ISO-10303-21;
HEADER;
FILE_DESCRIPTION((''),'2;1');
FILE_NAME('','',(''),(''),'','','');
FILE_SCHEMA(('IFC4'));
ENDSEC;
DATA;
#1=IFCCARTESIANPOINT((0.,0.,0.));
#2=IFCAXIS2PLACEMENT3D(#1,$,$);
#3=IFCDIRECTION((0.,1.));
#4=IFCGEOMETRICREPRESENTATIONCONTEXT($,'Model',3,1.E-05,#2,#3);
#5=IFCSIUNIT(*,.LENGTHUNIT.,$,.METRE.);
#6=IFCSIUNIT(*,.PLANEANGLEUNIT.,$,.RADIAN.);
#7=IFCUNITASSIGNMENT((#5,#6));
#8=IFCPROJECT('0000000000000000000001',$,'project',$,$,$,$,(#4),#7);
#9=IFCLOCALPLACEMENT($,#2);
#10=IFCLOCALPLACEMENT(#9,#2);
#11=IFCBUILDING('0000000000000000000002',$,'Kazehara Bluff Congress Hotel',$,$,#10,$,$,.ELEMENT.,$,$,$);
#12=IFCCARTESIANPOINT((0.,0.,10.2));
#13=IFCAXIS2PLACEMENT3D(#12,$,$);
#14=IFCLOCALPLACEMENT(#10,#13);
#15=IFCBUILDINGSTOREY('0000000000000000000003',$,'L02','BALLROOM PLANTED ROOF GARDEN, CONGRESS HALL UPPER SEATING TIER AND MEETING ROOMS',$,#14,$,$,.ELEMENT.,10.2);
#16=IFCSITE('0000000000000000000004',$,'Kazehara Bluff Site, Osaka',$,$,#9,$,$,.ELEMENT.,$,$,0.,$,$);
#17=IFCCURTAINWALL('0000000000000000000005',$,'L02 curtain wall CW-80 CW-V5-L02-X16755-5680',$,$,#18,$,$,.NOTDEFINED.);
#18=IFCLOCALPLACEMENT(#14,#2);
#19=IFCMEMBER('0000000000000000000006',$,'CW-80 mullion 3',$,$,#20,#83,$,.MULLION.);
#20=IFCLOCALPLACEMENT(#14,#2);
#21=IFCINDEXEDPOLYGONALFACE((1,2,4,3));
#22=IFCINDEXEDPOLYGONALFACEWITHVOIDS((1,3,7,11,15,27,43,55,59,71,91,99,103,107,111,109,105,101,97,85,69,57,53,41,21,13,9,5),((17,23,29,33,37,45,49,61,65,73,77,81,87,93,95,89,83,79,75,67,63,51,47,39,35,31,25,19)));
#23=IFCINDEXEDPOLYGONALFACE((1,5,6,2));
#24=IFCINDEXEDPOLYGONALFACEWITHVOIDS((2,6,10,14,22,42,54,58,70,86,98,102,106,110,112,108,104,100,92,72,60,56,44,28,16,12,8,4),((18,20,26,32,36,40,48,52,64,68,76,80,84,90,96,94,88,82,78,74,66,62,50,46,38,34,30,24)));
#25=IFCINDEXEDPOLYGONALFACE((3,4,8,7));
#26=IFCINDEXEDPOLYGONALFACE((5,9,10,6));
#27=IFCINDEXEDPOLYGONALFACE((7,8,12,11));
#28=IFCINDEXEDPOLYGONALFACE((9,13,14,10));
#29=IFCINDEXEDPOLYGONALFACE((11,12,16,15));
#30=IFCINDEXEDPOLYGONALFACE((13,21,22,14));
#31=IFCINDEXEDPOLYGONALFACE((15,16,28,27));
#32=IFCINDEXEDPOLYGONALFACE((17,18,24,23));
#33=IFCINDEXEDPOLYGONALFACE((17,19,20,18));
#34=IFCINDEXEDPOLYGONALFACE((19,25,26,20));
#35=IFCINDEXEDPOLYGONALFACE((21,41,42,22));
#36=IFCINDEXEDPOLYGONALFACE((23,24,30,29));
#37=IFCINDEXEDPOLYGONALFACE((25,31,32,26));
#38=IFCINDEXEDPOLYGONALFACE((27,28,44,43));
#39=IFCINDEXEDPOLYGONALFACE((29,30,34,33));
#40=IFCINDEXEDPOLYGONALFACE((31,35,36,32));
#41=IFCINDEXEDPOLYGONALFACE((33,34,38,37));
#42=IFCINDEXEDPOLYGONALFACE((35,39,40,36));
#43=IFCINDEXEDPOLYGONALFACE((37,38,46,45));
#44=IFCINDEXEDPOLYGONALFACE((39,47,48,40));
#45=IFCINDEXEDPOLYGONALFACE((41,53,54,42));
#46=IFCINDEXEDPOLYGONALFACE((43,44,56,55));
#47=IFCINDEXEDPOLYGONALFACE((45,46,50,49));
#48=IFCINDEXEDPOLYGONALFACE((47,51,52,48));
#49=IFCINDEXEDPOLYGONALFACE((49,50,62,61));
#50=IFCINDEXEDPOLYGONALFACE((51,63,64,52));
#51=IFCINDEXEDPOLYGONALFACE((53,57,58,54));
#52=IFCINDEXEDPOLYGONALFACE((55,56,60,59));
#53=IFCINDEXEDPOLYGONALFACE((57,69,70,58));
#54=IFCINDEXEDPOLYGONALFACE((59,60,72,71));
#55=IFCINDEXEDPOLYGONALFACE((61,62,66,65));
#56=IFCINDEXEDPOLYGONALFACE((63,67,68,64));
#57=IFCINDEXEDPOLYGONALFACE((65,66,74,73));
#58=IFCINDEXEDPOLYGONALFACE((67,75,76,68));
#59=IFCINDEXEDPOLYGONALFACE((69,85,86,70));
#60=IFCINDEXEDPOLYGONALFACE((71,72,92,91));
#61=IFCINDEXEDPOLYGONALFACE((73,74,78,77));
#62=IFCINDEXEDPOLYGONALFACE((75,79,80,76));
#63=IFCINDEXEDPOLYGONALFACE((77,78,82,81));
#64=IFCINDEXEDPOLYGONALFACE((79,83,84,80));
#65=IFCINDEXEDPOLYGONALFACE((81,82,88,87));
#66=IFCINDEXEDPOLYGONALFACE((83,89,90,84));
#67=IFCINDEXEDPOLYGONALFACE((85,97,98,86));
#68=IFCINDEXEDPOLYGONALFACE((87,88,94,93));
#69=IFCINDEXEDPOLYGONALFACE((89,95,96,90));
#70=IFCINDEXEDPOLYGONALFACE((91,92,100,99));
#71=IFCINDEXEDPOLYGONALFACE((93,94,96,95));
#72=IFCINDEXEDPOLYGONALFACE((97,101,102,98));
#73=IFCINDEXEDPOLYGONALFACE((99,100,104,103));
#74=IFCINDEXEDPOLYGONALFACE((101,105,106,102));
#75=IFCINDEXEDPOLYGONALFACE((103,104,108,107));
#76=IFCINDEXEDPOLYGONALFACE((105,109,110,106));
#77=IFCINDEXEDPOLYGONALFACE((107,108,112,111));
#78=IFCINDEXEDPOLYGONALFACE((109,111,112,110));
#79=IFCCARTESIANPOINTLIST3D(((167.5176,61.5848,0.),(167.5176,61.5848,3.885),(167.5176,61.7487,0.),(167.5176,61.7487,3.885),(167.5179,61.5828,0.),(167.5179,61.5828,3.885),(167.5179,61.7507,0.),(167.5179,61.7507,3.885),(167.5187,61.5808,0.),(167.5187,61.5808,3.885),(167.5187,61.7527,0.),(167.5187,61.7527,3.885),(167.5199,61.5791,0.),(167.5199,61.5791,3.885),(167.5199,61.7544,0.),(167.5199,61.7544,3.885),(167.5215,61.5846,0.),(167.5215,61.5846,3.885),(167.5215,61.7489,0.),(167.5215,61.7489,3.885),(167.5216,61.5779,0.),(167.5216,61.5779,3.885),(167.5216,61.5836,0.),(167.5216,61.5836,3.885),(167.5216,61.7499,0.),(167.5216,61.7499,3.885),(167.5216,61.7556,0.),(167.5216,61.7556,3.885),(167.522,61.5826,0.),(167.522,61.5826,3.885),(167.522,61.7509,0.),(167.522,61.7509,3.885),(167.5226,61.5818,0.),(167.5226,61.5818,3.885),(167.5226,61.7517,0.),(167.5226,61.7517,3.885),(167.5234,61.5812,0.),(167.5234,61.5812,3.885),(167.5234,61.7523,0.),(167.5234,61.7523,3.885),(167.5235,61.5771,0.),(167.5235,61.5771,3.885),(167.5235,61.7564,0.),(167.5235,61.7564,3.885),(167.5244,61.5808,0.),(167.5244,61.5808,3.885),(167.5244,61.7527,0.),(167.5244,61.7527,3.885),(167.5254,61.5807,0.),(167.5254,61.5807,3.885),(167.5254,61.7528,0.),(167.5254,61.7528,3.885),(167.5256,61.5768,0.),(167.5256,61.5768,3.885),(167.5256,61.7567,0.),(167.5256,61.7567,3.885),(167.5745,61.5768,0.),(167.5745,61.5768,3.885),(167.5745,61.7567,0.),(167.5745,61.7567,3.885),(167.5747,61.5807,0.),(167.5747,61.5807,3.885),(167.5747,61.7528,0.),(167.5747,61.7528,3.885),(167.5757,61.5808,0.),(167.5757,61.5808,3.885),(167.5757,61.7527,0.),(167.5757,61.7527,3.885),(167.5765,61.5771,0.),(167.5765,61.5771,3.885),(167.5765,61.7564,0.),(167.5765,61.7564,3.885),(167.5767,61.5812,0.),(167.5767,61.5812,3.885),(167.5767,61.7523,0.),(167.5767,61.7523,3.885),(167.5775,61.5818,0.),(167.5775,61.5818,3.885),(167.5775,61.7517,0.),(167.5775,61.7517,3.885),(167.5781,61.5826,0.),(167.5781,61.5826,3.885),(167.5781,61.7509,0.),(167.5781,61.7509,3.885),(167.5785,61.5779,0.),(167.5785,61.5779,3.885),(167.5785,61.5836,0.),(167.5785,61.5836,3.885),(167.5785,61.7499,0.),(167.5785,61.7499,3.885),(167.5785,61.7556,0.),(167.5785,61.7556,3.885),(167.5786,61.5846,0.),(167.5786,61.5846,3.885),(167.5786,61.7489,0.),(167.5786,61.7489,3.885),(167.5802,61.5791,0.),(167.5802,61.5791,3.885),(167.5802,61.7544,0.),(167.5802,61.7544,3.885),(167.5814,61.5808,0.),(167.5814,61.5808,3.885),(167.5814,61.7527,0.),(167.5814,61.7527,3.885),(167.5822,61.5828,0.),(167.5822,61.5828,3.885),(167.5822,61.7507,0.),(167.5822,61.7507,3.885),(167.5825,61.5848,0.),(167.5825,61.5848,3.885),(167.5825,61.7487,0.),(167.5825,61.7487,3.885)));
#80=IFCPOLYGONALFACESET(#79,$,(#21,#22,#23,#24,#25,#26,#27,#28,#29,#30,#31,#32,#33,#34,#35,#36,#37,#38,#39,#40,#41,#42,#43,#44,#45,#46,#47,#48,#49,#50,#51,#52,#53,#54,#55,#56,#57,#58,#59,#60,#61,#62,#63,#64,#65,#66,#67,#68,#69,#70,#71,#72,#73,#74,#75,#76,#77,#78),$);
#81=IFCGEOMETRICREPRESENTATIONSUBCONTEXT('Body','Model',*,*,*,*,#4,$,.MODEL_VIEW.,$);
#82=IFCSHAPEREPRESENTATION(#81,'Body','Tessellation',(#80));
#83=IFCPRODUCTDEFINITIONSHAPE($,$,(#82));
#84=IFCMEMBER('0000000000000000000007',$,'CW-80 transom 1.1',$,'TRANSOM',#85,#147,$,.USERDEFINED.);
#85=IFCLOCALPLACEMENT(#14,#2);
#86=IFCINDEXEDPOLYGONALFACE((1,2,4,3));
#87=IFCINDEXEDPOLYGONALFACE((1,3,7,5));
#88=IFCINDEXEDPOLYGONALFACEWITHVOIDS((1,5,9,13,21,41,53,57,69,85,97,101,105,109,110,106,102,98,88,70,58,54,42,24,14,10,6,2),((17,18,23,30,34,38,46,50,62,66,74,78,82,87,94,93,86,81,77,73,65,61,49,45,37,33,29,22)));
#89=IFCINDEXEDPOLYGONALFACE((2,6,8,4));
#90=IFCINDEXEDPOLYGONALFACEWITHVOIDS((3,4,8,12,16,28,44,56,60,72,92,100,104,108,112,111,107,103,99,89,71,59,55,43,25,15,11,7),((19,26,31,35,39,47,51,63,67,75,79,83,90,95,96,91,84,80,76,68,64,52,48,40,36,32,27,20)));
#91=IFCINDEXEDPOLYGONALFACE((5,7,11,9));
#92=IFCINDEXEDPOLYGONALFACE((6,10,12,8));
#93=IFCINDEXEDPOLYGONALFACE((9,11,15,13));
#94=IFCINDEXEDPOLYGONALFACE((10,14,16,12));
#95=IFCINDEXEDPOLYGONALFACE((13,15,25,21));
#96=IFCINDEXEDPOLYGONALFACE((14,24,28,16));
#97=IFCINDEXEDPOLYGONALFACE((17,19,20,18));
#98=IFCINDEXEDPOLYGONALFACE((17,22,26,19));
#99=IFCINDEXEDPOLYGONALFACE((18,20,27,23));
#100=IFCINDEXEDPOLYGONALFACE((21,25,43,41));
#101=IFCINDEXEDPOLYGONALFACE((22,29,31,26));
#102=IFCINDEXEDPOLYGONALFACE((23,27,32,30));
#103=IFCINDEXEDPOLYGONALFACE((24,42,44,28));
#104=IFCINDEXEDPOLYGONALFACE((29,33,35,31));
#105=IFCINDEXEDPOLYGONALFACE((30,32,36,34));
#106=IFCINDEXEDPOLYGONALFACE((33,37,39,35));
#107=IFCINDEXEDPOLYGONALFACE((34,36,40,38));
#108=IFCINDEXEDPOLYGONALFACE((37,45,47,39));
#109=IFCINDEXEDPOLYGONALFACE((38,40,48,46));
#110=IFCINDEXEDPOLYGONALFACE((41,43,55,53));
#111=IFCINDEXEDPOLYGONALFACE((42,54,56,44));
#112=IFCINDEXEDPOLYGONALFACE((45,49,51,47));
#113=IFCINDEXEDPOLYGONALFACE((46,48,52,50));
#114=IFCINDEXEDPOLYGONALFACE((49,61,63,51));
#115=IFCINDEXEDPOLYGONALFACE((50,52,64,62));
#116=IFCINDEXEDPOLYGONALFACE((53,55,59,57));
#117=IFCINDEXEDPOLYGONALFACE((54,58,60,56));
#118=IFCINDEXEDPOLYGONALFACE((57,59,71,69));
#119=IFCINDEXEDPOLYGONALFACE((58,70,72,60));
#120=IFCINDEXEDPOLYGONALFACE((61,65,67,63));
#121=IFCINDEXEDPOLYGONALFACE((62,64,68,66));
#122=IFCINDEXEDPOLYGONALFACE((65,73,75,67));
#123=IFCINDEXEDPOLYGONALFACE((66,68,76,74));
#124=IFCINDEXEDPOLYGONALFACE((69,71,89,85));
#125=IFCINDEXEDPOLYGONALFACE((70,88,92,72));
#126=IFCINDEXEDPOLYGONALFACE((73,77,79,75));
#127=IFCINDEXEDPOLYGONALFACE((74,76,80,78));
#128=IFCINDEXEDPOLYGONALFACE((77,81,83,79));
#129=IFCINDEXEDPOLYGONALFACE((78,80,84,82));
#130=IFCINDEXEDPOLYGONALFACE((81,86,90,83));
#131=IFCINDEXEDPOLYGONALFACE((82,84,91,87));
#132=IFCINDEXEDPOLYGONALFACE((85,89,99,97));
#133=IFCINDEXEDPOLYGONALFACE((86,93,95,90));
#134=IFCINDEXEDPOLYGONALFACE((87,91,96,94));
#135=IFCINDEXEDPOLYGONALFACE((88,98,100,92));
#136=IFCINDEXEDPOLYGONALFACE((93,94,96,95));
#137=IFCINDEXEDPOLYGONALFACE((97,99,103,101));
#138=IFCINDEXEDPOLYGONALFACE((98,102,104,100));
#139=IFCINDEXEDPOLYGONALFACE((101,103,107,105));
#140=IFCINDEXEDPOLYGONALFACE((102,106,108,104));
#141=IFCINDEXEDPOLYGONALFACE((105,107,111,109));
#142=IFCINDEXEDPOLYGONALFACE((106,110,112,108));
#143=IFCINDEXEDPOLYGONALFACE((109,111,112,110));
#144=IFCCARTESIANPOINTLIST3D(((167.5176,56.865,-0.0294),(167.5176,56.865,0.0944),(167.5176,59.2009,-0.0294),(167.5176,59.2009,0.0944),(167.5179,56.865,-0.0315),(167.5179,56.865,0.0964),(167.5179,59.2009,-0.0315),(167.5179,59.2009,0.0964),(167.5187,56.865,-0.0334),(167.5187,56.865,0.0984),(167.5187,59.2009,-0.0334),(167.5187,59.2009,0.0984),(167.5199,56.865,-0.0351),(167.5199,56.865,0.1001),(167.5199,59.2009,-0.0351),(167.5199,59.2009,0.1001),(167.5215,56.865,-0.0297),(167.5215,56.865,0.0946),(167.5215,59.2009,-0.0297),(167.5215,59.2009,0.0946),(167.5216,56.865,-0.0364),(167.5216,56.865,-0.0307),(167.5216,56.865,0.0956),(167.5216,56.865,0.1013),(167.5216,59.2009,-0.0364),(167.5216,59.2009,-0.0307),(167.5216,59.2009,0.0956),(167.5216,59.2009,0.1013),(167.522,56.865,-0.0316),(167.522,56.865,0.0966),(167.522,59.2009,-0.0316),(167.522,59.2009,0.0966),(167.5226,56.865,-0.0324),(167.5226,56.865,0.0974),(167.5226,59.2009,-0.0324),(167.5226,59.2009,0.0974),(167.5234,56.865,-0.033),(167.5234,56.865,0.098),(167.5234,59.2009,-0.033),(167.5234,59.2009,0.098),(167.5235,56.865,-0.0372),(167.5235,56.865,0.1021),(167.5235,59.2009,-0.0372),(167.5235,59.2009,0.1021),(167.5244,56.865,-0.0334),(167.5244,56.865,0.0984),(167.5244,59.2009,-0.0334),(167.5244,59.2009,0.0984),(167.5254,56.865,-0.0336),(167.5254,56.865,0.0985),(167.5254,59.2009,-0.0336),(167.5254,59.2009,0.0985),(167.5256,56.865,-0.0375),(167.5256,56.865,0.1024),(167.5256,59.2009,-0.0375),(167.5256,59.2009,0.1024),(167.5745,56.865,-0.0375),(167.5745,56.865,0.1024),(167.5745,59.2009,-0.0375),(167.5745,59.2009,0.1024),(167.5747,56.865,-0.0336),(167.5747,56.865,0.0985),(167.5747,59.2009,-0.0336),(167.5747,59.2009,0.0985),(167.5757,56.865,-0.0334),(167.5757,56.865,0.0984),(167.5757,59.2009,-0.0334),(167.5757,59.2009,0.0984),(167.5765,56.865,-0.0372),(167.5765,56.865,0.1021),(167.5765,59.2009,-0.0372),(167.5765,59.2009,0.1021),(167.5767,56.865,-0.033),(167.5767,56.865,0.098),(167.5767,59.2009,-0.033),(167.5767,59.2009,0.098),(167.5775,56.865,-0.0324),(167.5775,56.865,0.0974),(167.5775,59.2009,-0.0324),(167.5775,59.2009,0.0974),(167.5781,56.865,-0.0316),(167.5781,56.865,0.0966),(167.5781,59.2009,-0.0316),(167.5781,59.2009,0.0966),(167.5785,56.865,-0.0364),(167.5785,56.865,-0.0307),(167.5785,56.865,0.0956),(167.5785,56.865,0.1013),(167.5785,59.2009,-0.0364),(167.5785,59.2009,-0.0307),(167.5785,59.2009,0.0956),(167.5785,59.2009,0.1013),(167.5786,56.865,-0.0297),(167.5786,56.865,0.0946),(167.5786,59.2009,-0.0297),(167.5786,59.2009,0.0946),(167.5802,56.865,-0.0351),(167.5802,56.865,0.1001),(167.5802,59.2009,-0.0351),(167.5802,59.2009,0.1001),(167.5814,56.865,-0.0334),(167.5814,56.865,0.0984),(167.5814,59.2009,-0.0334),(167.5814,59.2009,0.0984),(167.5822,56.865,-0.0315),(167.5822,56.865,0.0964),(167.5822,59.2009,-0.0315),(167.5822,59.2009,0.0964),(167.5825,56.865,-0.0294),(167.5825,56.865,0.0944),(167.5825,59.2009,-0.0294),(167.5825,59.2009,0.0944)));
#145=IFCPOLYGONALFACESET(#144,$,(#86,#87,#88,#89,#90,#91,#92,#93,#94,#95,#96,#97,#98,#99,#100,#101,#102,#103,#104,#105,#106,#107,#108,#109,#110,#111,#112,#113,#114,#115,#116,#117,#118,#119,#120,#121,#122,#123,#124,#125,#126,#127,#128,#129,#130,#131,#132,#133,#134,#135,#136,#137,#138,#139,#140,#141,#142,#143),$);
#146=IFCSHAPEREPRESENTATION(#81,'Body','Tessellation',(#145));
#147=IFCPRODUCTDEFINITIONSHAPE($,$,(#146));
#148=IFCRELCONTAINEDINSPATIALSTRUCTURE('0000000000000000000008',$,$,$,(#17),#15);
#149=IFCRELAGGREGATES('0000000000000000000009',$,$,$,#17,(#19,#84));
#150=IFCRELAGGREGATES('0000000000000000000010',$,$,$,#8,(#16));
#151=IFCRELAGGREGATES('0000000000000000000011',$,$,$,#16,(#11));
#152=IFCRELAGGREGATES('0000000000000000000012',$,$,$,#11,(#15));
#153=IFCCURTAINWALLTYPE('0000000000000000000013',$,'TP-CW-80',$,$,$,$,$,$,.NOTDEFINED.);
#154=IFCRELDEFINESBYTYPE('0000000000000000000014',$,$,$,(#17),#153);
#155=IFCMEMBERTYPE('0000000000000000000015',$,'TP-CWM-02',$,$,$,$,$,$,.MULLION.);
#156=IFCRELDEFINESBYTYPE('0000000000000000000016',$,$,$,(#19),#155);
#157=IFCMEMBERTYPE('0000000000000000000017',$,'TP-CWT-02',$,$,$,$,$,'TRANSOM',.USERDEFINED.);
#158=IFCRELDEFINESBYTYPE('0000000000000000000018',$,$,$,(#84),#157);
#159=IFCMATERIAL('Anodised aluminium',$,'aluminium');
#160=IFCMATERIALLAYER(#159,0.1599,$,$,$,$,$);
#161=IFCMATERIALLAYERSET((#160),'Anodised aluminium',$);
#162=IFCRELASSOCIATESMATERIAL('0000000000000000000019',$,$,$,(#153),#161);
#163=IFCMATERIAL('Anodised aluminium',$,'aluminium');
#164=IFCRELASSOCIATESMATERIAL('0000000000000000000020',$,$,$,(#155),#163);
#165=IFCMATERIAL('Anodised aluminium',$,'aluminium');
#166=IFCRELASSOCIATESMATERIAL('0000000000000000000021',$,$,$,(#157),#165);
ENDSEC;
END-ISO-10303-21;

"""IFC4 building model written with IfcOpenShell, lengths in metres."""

from ifc_helpers import new_model, si_unit, direction, frame, origin, origin_2d, place, context, subcontext, project, spatial, hollow_rectangle, extrude, material, layer, layer_set, material_profile, profile_set, type_object, element, aggregate, save


model = new_model("IFC4")

# Units and contexts
model_context = context("Model", 3, precision=1e-05, world=origin(), true_north=direction((0.0, 1.0)))
body_context = subcontext(model_context, "Body", "Model", "MODEL_VIEW")
ifc_project = project(units=[si_unit("LENGTHUNIT", "METRE"), si_unit("PLANEANGLEUNIT", "RADIAN")], contexts=[model_context])

# Site, building, storey
site_placement = place(None, origin())
site = spatial("IfcSite", under=ifc_project, at=site_placement, Name="Kazehara Bluff Site, Osaka", CompositionType="ELEMENT", RefElevation=0.0)
building_placement = place(site_placement, origin())
building = spatial("IfcBuilding", under=site, at=building_placement, Name="Kazehara Bluff Congress Hotel", CompositionType="ELEMENT")
storey_placement = place(building_placement, frame((0.0, 0.0, 10.2)))
storey = spatial("IfcBuildingStorey", under=building, at=storey_placement, Name="L02", Description="BALLROOM PLANTED ROOF GARDEN, CONGRESS HALL UPPER SEATING TIER AND MEETING ROOMS", CompositionType="ELEMENT", Elevation=10.2)

# Shared definitions
ifc_material_1 = material(Name="Anodised aluminium", Category="aluminium")
ifc_layer_1 = layer(ifc_material_1, 0.1599)
ifc_layer_set_1 = layer_set([ifc_layer_1], Name="Anodised aluminium")
curtain_wall_type = type_object("IfcCurtainWallType", Name="TP-CW-80", PredefinedType="NOTDEFINED", material=ifc_layer_set_1)
ifc_material_2 = material(Name="Anodised aluminium", Category="aluminium")
ifc_material_profile_1 = material_profile(ifc_material_2, hollow_rectangle(XDim=0.0649, YDim=0.1799, WallThickness=0.0039, InnerFilletRadius=0.0039, OuterFilletRadius=0.0081, at=origin_2d()))
ifc_profile_set_1 = profile_set([ifc_material_profile_1], Name="Anodised aluminium")
member_type_1 = type_object("IfcMemberType", Name="TP-CWM-02", PredefinedType="MULLION", material=ifc_profile_set_1)

# Curtain wall, members
curtain_wall_1_placement = place(storey_placement, origin())
curtain_wall_1 = element("IfcCurtainWall", 1, at=curtain_wall_1_placement, inside=storey, type_object=curtain_wall_type, Name="L02 curtain wall CW-80 CW-V5-L02-X16755-5680", PredefinedType="NOTDEFINED")
member_1_placement = place(storey_placement, frame((167.55, 61.6667, 0.0), z_axis=(0.0, 0.0, 1.0), x_axis=(-1.0, 0.0, 0.0)))
member_1 = element("IfcMember", 2, at=member_1_placement, type_object=member_type_1, Name="CW-80 mullion 3", PredefinedType="MULLION", context=body_context, shape_type="SweptSolid", body=[
    extrude(hollow_rectangle(XDim=0.0649, YDim=0.1799, WallThickness=0.0039, InnerFilletRadius=0.0039, OuterFilletRadius=0.0081, at=origin_2d()), origin(), (0.0, 0.0, 1.0), 3.885),
])
ifc_material_3 = material(Name="Anodised aluminium", Category="aluminium")
ifc_material_profile_2 = material_profile(ifc_material_3, hollow_rectangle(XDim=0.0649, YDim=0.1399, WallThickness=0.0039, InnerFilletRadius=0.0039, OuterFilletRadius=0.0081, at=origin_2d()))
ifc_profile_set_2 = profile_set([ifc_material_profile_2], Name="Anodised aluminium")
member_type_2 = type_object("IfcMemberType", Name="TP-CWT-02", ElementType="TRANSOM", PredefinedType="USERDEFINED", material=ifc_profile_set_2)
member_2_placement = place(storey_placement, frame((167.55, 56.865, 0.0325), z_axis=(0.0, 1.0, 0.0), x_axis=(-1.0, 0.0, 0.0)))
member_2 = element("IfcMember", 3, at=member_2_placement, type_object=member_type_2, Name="CW-80 transom 1.1", ObjectType="TRANSOM", PredefinedType="USERDEFINED", context=body_context, shape_type="SweptSolid", body=[
    extrude(hollow_rectangle(XDim=0.0649, YDim=0.1399, WallThickness=0.0039, InnerFilletRadius=0.0039, OuterFilletRadius=0.0081, at=origin_2d()), origin(), (0.0, 0.0, 1.0), 2.3359),
])

aggregate(curtain_wall_1, [member_1, member_2])

save(model, "model.ifc")
